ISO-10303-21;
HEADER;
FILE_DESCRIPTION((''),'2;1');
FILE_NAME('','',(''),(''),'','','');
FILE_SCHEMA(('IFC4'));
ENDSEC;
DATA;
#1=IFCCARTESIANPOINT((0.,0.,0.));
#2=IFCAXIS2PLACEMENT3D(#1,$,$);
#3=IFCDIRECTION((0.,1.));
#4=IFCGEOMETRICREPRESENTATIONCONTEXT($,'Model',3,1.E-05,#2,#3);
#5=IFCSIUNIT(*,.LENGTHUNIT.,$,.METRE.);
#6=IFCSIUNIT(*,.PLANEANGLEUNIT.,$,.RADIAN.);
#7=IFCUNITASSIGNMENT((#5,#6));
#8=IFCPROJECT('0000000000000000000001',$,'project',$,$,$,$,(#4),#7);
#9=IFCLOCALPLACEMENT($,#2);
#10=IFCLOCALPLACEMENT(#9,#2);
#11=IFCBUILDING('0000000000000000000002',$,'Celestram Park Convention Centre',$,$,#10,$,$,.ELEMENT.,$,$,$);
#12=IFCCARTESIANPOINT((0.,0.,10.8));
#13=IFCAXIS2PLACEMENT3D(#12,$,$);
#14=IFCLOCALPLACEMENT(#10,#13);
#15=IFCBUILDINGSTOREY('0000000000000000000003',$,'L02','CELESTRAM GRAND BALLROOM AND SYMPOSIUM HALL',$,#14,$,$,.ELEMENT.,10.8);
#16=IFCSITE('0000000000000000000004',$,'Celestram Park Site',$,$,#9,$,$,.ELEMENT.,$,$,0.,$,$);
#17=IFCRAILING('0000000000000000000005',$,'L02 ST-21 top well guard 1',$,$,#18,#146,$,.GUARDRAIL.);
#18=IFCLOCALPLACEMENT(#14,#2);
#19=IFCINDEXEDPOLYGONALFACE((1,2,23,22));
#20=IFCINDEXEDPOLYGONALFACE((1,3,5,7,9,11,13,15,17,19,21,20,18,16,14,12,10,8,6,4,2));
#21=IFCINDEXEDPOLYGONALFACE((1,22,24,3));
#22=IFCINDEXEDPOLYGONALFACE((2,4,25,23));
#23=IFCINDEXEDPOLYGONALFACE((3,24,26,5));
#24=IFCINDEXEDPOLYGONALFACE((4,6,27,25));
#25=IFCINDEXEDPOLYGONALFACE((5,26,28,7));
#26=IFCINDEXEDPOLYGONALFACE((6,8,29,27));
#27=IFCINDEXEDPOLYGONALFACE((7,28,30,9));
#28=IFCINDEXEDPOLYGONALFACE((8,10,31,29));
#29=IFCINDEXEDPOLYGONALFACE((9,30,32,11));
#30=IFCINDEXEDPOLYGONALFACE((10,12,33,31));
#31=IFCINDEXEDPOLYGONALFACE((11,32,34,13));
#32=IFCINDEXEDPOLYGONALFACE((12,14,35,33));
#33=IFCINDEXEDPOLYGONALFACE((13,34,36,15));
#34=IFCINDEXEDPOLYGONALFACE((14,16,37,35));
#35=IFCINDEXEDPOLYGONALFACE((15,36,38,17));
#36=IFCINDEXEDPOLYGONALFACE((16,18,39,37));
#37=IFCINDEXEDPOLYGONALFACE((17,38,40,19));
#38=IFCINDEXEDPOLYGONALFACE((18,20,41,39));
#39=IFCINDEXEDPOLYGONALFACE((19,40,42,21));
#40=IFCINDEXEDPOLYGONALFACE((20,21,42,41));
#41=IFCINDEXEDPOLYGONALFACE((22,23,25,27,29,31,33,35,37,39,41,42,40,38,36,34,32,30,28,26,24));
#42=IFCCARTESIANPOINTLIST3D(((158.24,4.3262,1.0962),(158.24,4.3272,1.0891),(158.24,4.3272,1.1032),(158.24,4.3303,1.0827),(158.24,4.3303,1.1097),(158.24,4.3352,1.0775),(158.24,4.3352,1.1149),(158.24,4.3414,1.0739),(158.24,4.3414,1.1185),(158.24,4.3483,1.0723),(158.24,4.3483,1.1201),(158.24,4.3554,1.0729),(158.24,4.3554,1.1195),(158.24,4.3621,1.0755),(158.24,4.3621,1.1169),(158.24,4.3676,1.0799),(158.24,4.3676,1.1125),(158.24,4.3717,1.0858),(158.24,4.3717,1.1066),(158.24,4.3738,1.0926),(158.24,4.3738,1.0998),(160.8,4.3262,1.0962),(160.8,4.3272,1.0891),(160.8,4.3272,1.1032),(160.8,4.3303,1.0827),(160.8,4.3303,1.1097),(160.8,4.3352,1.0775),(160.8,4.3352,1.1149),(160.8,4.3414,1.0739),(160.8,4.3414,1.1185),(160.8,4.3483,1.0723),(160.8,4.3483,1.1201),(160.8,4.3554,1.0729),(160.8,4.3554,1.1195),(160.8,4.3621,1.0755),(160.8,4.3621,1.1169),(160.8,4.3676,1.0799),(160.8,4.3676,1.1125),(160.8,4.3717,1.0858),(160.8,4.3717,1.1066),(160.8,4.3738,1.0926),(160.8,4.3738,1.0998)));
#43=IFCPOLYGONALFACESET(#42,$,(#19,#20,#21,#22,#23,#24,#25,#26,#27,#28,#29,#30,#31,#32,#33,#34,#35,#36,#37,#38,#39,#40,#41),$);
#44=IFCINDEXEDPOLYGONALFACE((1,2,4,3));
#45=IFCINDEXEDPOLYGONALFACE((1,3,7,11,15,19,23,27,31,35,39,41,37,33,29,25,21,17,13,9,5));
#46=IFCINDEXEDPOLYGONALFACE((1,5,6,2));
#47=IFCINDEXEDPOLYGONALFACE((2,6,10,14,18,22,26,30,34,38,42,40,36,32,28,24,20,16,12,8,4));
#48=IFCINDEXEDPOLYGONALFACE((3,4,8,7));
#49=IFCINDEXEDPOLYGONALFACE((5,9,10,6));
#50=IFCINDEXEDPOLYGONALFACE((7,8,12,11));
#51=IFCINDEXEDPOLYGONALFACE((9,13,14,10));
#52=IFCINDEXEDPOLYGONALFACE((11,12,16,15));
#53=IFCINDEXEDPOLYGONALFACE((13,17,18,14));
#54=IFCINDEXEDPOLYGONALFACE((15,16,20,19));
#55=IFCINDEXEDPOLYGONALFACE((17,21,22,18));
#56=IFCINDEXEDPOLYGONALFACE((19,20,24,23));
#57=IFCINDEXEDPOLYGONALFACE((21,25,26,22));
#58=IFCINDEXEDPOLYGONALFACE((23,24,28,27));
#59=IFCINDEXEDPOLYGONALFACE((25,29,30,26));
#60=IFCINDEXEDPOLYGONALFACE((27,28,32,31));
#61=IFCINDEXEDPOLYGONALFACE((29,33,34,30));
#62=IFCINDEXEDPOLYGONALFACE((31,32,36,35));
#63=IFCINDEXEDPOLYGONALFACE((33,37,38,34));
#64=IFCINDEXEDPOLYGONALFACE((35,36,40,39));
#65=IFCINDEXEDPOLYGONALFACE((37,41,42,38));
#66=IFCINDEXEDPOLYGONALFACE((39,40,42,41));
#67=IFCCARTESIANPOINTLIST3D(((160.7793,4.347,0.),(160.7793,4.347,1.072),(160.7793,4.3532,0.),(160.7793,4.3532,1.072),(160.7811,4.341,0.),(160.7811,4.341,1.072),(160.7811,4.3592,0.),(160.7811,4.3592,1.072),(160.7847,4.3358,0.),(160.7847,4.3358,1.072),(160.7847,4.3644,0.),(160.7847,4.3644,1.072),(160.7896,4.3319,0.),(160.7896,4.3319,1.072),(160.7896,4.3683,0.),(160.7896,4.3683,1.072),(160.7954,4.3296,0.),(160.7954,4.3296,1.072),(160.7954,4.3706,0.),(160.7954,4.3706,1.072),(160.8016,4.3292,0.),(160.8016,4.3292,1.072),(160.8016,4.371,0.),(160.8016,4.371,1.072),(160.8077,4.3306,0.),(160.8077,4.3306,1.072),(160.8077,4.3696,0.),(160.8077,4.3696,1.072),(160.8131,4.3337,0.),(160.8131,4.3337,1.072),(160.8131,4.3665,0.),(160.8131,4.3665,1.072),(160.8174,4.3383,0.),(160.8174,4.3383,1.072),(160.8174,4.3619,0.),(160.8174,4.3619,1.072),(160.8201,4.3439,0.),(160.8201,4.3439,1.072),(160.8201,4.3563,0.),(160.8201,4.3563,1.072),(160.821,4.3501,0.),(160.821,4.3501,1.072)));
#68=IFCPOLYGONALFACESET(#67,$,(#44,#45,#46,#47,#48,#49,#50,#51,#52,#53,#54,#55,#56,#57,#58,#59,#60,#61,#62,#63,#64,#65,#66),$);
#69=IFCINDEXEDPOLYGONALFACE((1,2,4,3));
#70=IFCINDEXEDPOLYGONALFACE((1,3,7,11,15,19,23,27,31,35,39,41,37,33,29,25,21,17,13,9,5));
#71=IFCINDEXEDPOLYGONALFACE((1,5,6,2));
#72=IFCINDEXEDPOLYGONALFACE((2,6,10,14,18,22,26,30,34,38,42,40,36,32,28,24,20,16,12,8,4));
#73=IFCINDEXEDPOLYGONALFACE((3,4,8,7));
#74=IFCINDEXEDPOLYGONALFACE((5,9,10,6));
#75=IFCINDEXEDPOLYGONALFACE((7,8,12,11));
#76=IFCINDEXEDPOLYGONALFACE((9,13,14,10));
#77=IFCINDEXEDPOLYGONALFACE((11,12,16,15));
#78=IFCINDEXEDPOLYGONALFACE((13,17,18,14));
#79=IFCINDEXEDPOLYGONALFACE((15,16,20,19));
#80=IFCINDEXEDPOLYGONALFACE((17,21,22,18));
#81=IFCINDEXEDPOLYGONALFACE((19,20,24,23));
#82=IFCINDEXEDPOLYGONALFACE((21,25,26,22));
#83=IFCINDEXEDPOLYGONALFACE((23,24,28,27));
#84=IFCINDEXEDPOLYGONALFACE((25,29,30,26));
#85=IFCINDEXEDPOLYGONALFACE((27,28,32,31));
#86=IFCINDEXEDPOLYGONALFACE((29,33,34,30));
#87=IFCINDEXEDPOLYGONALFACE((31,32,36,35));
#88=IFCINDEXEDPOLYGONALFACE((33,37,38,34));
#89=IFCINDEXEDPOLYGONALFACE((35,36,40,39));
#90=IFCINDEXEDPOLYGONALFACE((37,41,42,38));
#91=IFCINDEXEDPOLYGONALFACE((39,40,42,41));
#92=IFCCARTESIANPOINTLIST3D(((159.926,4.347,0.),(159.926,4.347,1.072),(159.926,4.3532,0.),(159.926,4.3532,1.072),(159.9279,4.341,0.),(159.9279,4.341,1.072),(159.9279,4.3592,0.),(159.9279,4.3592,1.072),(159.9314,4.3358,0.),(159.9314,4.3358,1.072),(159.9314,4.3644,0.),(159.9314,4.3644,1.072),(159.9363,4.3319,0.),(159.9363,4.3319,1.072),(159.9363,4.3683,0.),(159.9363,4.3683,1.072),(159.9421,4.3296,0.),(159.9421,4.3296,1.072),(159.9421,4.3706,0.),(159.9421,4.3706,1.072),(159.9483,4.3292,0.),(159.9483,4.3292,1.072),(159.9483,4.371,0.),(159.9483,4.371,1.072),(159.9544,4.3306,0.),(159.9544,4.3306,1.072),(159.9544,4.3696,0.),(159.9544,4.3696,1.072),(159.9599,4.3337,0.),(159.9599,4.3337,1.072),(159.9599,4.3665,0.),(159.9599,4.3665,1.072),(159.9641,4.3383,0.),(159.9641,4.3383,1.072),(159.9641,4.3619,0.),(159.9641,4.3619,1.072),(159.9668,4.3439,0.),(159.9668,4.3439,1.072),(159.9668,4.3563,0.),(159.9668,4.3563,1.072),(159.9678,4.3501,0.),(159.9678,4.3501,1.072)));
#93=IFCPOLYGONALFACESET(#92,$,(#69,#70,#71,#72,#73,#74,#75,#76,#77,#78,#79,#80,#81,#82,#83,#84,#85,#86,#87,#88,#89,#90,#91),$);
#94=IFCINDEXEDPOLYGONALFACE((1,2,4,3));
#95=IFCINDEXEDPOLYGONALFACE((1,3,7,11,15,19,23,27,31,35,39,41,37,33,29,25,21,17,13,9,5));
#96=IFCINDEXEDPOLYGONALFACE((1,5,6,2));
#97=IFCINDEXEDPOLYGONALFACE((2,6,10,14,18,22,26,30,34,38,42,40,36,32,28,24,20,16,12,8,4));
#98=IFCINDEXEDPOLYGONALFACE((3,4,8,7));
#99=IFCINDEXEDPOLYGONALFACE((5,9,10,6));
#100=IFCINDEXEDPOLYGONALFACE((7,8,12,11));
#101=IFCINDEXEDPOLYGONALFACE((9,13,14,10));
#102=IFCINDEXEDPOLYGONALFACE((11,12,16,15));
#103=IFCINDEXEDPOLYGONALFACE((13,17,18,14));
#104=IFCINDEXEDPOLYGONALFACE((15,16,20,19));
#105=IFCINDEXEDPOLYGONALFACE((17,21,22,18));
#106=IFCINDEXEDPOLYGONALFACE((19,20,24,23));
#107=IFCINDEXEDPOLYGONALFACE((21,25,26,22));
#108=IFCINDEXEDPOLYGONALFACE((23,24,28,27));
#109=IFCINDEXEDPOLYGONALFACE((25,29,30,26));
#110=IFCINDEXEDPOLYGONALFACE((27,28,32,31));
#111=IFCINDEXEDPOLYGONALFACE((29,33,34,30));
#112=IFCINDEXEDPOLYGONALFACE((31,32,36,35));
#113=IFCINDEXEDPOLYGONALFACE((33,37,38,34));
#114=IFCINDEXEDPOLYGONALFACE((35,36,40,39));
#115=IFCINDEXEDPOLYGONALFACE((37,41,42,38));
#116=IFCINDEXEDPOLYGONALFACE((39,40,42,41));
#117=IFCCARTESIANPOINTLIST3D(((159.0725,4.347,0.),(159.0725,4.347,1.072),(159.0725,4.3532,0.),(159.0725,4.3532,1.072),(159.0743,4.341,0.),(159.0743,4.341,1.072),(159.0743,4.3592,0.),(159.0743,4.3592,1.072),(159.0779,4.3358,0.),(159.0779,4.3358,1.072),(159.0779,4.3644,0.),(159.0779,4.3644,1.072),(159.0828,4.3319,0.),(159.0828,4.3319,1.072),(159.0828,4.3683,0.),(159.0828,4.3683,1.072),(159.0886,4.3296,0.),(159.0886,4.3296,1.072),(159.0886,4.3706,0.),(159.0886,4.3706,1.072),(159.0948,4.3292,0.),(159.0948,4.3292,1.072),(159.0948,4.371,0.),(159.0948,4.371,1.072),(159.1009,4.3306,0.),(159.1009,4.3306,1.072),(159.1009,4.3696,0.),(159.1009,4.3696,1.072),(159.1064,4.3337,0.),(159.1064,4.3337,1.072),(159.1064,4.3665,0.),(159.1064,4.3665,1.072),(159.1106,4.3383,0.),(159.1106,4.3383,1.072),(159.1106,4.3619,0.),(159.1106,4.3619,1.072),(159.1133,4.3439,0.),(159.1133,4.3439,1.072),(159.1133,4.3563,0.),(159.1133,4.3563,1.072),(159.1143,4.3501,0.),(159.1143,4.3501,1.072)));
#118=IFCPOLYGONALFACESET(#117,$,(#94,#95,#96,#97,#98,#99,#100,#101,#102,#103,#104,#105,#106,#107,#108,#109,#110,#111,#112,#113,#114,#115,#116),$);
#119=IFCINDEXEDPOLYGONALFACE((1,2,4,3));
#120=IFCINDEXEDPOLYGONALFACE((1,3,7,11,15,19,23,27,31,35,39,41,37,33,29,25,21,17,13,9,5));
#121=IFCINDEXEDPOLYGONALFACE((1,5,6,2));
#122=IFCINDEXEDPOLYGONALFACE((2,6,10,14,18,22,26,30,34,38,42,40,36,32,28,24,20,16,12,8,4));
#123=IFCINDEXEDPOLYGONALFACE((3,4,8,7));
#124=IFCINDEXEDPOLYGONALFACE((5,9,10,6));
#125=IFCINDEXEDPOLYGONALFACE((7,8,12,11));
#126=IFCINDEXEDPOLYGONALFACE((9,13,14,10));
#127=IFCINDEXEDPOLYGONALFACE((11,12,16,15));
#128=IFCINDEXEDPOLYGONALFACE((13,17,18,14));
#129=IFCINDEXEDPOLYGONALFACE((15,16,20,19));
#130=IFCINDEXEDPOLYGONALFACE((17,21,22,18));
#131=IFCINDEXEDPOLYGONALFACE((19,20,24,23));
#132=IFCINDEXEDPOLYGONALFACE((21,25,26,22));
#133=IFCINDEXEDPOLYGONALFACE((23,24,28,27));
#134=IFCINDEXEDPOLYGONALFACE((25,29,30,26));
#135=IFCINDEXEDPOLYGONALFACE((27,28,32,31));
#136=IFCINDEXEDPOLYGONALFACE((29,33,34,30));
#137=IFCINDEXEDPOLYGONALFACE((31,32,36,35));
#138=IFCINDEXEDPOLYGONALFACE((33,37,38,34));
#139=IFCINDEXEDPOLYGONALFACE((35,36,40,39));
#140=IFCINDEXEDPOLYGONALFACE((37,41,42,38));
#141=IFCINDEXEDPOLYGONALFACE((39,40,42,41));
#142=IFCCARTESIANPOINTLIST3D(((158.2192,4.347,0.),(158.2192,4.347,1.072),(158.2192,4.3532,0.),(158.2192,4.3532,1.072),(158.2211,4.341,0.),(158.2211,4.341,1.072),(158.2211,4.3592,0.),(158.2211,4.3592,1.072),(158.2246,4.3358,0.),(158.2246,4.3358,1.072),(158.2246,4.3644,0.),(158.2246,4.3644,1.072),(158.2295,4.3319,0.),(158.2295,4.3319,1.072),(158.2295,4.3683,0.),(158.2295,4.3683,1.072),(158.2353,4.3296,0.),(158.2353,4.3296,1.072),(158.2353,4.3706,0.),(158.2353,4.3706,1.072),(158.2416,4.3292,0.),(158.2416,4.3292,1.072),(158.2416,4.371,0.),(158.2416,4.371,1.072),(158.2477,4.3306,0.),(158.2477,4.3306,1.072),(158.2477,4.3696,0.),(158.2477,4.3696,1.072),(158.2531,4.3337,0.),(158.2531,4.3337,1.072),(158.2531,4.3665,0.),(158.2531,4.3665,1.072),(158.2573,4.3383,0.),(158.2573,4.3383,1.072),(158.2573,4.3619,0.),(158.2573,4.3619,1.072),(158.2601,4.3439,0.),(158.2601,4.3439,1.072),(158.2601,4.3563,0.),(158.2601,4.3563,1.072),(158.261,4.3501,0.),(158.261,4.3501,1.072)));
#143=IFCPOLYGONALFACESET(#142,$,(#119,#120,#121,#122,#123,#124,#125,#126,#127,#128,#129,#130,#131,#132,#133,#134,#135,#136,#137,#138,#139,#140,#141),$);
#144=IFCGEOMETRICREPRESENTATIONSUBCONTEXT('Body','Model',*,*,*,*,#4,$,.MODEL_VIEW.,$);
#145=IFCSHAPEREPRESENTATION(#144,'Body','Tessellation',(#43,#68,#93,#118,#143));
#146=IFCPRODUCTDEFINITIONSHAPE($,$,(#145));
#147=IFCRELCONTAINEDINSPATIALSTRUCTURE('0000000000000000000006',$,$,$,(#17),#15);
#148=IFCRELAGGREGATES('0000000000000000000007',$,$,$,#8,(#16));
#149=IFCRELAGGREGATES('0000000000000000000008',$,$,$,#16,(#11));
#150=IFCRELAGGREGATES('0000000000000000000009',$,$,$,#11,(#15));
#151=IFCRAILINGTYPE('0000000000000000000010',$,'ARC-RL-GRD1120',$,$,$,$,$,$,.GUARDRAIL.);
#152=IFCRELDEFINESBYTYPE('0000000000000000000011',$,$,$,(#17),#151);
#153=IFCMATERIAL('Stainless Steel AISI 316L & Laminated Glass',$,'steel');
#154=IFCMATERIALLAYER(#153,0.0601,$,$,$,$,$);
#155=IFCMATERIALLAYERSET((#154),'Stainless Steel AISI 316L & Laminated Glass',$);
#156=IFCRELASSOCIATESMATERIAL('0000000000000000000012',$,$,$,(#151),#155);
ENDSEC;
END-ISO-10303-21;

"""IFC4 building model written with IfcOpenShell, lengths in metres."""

from ifc_helpers import new_model, si_unit, direction, frame, origin, origin_2d, place, context, subcontext, project, spatial, circle, extrude, material, layer, layer_set, type_object, element, save


model = new_model("IFC4")

# Units and contexts
model_context = context("Model", 3, precision=1e-05, world=origin(), true_north=direction((0.0, 1.0)))
body_context = subcontext(model_context, "Body", "Model", "MODEL_VIEW")
ifc_project = project(units=[si_unit("LENGTHUNIT", "METRE"), si_unit("PLANEANGLEUNIT", "RADIAN")], contexts=[model_context])

# Site, building, storey
site_placement = place(None, origin())
site = spatial("IfcSite", under=ifc_project, at=site_placement, Name="Celestram Park Site", CompositionType="ELEMENT", RefElevation=0.0)
building_placement = place(site_placement, origin())
building = spatial("IfcBuilding", under=site, at=building_placement, Name="Celestram Park Convention Centre", CompositionType="ELEMENT")
storey_placement = place(building_placement, frame((0.0, 0.0, 10.8)))
storey = spatial("IfcBuildingStorey", under=building, at=storey_placement, Name="L02", Description="CELESTRAM GRAND BALLROOM AND SYMPOSIUM HALL", CompositionType="ELEMENT", Elevation=10.8)

# Railing
ifc_material_1 = material(Name="Stainless Steel AISI 316L & Laminated Glass", Category="steel")
ifc_layer_1 = layer(ifc_material_1, 0.0601)
ifc_layer_set_1 = layer_set([ifc_layer_1], Name="Stainless Steel AISI 316L & Laminated Glass")
railing_type = type_object("IfcRailingType", Name="ARC-RL-GRD1120", PredefinedType="GUARDRAIL", material=ifc_layer_set_1)
railing_placement = place(storey_placement, frame((160.8, 4.3501, 0.0)))
element("IfcRailing", 1, at=railing_placement, inside=storey, type_object=railing_type, Name="L02 ST-21 top well guard 1", PredefinedType="GUARDRAIL", context=body_context, shape_type="SweptSolid", body=[
    extrude(circle(Radius=0.0239, at=origin_2d()), frame((0.0, 0.0, 1.0962), z_axis=(-1.0, 0.0, 0.0), x_axis=(0.0, -1.0, 0.0)), (0.0, 0.0, 1.0), 2.5601),
    extrude(circle(Radius=0.021, at=origin_2d()), origin(), (0.0, 0.0, 1.0), 1.072),
    extrude(circle(Radius=0.021, at=origin_2d()), frame((-0.8533, 0.0, 0.0)), (0.0, 0.0, 1.0), 1.072),
    extrude(circle(Radius=0.021, at=origin_2d()), frame((-1.7068, 0.0, 0.0)), (0.0, 0.0, 1.0), 1.072),
    extrude(circle(Radius=0.021, at=origin_2d()), frame((-2.5601, 0.0, 0.0)), (0.0, 0.0, 1.0), 1.072),
])

save(model, "model.ifc")
